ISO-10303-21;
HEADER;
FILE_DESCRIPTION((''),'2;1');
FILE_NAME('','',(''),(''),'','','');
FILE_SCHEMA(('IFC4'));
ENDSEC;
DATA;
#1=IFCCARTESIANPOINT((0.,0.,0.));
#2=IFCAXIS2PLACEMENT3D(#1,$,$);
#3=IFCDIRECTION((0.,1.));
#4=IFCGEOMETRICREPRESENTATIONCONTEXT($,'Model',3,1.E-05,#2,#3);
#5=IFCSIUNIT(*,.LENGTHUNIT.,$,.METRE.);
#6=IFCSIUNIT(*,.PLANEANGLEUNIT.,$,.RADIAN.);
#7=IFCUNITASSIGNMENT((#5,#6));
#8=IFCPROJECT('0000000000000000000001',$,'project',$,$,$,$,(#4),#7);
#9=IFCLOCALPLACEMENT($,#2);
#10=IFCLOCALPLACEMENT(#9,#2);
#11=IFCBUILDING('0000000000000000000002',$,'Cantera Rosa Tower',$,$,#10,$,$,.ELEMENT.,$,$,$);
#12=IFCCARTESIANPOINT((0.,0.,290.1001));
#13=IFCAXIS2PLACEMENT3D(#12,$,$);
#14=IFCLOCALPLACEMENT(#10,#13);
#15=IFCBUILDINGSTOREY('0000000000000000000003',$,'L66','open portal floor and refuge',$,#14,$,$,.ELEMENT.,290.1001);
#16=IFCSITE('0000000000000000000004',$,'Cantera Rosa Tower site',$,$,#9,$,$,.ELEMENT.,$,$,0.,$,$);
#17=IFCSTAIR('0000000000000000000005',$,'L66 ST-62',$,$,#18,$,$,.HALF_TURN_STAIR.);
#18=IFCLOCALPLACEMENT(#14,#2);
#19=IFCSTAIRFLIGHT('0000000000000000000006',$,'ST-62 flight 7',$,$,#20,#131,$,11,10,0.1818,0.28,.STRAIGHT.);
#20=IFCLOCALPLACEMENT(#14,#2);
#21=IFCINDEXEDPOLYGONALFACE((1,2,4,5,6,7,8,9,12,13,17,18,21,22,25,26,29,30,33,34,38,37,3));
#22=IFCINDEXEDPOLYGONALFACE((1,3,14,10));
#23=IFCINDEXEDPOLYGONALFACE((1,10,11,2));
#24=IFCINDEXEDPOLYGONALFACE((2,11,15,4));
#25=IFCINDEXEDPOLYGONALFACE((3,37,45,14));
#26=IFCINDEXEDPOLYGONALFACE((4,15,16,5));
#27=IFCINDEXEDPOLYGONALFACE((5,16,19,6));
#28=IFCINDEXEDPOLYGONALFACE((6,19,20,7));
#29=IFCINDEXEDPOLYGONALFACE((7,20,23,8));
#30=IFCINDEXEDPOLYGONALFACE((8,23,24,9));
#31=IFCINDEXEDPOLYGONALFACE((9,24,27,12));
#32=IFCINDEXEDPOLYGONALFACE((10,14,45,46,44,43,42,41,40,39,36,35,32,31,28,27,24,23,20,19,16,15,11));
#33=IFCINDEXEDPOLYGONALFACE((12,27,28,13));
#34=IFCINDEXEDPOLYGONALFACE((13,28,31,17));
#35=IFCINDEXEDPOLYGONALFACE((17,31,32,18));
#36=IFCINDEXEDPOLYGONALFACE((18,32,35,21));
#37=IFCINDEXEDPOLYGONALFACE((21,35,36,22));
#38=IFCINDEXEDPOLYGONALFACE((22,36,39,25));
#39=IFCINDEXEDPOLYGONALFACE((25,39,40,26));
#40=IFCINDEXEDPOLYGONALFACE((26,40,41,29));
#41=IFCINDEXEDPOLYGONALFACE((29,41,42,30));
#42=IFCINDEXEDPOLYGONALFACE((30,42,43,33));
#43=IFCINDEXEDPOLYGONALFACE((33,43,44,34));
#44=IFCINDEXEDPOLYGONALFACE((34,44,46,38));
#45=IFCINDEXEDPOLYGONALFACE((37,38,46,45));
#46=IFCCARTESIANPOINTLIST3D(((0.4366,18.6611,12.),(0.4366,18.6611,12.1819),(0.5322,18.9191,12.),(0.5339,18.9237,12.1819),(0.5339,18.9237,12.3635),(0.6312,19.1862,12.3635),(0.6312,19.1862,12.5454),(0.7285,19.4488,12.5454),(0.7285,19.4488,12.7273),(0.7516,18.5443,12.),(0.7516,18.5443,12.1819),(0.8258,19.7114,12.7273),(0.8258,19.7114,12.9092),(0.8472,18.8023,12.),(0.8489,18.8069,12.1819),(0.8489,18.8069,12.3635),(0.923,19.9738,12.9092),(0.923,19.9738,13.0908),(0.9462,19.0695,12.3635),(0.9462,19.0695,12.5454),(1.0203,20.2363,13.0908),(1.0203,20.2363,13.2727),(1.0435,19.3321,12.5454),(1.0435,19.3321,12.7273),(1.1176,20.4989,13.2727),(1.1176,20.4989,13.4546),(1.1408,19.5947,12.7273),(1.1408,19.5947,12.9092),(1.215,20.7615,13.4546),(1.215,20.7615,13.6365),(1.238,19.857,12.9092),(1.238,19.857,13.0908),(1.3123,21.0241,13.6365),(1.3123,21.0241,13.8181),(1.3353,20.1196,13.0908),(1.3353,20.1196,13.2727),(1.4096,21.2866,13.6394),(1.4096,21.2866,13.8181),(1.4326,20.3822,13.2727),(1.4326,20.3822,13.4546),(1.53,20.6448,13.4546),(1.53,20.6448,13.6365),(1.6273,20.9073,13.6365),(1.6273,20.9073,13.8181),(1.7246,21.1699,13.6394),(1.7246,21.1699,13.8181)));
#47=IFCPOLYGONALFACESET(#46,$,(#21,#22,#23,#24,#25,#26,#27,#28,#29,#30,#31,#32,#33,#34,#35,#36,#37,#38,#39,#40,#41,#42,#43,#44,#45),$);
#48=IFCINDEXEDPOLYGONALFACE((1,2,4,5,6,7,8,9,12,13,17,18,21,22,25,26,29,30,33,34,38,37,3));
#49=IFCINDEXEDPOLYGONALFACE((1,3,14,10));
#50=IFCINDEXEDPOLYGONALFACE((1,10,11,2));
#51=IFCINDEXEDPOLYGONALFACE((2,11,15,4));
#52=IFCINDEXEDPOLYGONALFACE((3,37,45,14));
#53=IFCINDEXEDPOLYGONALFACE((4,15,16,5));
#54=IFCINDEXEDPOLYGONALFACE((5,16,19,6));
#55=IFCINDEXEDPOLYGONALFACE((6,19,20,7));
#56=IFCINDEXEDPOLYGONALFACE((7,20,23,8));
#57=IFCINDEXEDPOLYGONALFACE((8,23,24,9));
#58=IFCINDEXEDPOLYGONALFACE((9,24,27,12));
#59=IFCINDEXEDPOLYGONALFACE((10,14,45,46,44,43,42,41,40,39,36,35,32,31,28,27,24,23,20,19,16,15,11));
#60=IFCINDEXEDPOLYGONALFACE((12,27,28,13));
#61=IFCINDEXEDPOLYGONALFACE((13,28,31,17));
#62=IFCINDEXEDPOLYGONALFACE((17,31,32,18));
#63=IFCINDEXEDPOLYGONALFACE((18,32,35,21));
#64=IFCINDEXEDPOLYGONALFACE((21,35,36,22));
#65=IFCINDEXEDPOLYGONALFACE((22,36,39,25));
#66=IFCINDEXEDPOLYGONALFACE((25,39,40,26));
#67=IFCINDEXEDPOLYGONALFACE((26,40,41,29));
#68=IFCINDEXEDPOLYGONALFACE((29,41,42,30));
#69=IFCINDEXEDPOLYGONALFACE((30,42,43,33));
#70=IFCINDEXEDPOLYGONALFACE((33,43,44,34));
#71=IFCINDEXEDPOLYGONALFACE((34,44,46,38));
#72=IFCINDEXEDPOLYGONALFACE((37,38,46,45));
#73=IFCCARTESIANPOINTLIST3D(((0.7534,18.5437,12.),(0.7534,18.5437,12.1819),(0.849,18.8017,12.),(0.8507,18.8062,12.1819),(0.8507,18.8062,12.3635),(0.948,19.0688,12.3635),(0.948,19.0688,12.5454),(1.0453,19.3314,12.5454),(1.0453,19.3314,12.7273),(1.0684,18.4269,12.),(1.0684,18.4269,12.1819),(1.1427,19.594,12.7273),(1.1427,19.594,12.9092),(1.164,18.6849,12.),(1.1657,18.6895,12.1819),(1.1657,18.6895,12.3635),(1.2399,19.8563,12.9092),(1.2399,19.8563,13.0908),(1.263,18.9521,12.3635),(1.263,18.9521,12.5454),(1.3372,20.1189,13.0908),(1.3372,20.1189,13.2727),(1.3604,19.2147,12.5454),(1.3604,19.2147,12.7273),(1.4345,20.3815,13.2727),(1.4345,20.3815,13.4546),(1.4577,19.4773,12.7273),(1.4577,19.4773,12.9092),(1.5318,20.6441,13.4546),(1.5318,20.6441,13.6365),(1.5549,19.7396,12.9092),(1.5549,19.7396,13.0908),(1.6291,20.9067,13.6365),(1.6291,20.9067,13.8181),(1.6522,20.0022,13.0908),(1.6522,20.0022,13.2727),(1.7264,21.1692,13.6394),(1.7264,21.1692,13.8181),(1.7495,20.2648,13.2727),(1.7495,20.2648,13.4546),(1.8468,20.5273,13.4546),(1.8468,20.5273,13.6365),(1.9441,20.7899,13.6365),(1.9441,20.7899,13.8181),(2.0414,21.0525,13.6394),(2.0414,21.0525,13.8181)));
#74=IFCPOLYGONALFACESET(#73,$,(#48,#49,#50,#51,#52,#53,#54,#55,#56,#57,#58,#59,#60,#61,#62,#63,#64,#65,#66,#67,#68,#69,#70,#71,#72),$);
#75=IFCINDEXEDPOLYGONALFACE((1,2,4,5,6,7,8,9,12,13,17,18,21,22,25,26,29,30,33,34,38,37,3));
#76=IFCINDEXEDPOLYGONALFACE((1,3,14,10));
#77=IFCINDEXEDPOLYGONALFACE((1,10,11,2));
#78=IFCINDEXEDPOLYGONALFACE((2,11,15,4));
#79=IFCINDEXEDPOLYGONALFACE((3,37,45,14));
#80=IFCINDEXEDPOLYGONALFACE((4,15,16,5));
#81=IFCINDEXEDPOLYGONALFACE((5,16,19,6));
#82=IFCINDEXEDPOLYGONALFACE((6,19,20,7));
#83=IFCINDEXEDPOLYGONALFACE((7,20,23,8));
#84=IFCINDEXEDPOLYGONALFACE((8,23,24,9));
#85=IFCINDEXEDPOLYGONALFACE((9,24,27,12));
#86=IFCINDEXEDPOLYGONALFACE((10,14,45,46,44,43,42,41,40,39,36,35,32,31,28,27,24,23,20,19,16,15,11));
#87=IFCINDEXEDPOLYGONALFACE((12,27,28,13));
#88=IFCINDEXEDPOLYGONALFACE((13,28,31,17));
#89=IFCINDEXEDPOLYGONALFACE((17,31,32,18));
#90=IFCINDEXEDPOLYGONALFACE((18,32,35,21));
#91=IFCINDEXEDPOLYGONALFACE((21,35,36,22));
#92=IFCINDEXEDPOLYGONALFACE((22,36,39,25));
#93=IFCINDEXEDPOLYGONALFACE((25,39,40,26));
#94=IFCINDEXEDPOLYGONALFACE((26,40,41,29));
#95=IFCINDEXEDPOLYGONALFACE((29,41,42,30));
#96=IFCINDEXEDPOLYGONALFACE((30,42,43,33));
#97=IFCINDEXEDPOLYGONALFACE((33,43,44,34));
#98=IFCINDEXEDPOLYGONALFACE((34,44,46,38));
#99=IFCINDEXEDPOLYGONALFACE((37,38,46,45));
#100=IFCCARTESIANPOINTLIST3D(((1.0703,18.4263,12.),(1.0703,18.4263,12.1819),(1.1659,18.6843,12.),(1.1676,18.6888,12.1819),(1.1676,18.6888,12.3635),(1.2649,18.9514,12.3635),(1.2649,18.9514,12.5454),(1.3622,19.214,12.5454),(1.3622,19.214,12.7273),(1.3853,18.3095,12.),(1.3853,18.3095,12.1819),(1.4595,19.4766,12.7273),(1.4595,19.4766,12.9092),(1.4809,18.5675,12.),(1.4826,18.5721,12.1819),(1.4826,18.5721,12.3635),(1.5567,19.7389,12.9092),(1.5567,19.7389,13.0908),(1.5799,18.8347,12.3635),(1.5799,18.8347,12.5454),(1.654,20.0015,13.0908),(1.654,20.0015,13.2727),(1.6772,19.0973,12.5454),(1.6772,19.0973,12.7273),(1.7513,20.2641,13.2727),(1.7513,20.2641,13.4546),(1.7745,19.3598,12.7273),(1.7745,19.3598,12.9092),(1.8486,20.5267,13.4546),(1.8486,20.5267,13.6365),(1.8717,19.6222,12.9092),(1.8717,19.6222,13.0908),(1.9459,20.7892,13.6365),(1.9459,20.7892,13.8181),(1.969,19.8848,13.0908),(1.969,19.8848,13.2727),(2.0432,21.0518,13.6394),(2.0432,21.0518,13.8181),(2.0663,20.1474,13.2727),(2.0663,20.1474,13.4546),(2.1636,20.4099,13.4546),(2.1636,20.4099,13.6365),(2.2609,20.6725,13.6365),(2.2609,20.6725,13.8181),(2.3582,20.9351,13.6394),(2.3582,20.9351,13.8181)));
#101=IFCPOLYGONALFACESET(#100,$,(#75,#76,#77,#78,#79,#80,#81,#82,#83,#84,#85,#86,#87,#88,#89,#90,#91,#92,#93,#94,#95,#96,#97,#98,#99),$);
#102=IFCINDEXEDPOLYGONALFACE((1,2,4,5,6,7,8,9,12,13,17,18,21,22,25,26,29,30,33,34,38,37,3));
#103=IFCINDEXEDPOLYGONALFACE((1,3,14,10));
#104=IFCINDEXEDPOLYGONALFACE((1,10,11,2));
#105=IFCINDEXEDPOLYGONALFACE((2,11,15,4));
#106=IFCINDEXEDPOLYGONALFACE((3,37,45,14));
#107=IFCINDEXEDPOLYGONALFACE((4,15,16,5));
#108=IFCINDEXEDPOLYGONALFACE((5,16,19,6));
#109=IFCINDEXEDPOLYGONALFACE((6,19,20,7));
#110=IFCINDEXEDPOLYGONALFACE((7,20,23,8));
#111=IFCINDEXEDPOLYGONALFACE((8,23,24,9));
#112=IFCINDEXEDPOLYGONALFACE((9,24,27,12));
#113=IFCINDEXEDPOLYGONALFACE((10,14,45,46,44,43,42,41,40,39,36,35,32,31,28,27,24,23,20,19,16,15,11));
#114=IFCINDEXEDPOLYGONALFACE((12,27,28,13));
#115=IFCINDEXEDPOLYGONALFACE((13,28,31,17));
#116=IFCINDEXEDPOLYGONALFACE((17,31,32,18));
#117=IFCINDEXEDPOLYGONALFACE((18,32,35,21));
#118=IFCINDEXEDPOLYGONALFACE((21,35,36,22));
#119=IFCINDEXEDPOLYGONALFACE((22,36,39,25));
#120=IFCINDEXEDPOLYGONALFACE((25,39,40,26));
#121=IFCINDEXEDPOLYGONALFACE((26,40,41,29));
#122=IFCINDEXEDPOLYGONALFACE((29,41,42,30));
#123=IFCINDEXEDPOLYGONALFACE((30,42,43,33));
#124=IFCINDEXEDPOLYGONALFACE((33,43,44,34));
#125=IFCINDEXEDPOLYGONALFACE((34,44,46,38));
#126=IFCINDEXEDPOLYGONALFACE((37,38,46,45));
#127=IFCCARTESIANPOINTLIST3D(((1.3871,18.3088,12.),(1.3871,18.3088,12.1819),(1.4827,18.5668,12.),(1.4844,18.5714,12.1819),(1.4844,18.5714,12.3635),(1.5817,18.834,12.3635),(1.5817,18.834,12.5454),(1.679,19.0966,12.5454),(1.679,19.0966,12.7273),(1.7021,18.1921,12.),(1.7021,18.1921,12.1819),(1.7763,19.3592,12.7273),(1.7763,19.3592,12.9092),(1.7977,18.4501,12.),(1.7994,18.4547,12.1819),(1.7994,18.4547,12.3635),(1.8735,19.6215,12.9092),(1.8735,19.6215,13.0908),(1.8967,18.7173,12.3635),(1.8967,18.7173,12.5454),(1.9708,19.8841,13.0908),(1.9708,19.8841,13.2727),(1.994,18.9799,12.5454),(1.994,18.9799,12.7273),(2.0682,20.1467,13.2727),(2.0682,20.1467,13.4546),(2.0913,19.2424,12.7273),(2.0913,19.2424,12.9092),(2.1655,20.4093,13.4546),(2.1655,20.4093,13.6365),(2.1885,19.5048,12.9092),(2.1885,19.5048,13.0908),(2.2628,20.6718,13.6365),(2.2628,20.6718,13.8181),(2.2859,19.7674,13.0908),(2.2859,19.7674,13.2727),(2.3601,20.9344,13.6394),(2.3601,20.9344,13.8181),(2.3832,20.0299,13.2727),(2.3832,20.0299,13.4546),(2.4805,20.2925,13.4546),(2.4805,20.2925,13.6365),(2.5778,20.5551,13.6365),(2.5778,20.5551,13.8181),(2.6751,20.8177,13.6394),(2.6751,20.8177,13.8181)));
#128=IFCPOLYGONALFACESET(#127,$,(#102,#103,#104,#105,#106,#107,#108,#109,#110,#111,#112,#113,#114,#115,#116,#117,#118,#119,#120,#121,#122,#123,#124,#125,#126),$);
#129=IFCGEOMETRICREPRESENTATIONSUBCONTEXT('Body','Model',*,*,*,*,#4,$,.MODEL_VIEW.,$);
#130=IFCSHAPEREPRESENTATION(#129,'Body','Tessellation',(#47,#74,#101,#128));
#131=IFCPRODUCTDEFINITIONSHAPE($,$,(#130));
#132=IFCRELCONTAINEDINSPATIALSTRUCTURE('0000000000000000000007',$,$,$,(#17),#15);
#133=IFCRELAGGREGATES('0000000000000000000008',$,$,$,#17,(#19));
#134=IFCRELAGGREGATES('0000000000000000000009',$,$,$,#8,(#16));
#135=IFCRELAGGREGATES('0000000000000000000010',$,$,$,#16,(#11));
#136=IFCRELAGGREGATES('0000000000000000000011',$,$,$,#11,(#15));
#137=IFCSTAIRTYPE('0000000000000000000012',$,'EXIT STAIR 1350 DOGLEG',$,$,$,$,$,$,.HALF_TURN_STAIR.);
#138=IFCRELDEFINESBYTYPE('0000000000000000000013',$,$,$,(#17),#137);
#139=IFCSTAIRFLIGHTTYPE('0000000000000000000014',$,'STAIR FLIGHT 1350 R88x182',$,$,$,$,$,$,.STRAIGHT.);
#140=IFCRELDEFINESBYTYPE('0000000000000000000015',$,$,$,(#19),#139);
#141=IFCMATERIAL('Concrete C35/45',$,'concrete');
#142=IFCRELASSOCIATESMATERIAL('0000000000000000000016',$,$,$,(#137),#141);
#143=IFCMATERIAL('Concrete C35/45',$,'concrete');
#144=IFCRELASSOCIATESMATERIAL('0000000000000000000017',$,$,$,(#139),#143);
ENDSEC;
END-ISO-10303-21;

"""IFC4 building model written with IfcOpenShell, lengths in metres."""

from ifc_helpers import new_model, si_unit, direction, frame, origin, place, context, subcontext, project, spatial, polyline, outline, extrude, material, type_object, element, aggregate, save


model = new_model("IFC4")

# Units and contexts
model_context = context("Model", 3, precision=1e-05, world=origin(), true_north=direction((0.0, 1.0)))
body_context = subcontext(model_context, "Body", "Model", "MODEL_VIEW")
ifc_project = project(units=[si_unit("LENGTHUNIT", "METRE"), si_unit("PLANEANGLEUNIT", "RADIAN")], contexts=[model_context])

# Site, building, storey
site_placement = place(None, origin())
site = spatial("IfcSite", under=ifc_project, at=site_placement, Name="Cantera Rosa Tower site", CompositionType="ELEMENT", RefElevation=0.0)
building_placement = place(site_placement, origin())
building = spatial("IfcBuilding", under=site, at=building_placement, Name="Cantera Rosa Tower", CompositionType="ELEMENT")
storey_placement = place(building_placement, frame((0.0, 0.0, 290.1001)))
storey = spatial("IfcBuildingStorey", under=building, at=storey_placement, Name="L66", Description="open portal floor and refuge", CompositionType="ELEMENT", Elevation=290.1001)

# Stair, stair flight
ifc_material_1 = material(Name="Concrete C35/45", Category="concrete")
stair_type = type_object("IfcStairType", Name="EXIT STAIR 1350 DOGLEG", PredefinedType="HALF_TURN_STAIR", material=ifc_material_1)
stair_placement = place(storey_placement, origin())
stair = element("IfcStair", 1, at=stair_placement, inside=storey, type_object=stair_type, Name="L66 ST-62", PredefinedType="HALF_TURN_STAIR")
ifc_material_2 = material(Name="Concrete C35/45", Category="concrete")
stair_flight_type = type_object("IfcStairFlightType", Name="STAIR FLIGHT 1350 R88x182", PredefinedType="STRAIGHT", material=ifc_material_2)
stair_flight_1_placement = place(storey_placement, frame((1.0696, 18.4265, 12.0), z_axis=(0.0, 0.0, 1.0), x_axis=(0.347481, 0.937687, 0.0)))
stair_flight_1 = element("IfcStairFlight", 2, at=stair_flight_1_placement, type_object=stair_flight_type, Name="ST-62 flight 7", NumberOfRisers=11, NumberOfTreads=10, PredefinedType="STRAIGHT", RiserHeight=0.1818, TreadLength=0.28, context=body_context, shape_type="SweptSolid", body=[
    extrude(outline(polyline([(0.0, 0.0), (0.0, 0.1819), (0.28, 0.1819), (0.28, 0.3635), (0.5601, 0.3635), (0.5601, 0.5454), (0.8401, 0.5454), (0.8401, 0.7273), (1.1201, 0.7273), (1.1201, 0.9092), (1.3999, 0.9092), (1.3999, 1.0908), (1.6799, 1.0908), (1.6799, 1.2727), (1.96, 1.2727), (1.96, 1.4546), (2.24, 1.4546), (2.24, 1.6365), (2.52, 1.6365), (2.52, 1.8181), (2.8, 1.8181), (2.8, 2.0), (2.8, 1.6394), (0.2751, 0.0), (0.0, 0.0)])), frame((0.0, 0.675, 0.0), z_axis=(0.0, -1.0, 0.0), x_axis=(1.0, 0.0, 0.0)), (0.0, 0.0, 1.0), 0.3359),
    extrude(outline(polyline([(0.0, 0.0), (0.0, 0.1819), (0.28, 0.1819), (0.28, 0.3635), (0.5601, 0.3635), (0.5601, 0.5454), (0.8401, 0.5454), (0.8401, 0.7273), (1.1201, 0.7273), (1.1201, 0.9092), (1.3999, 0.9092), (1.3999, 1.0908), (1.6799, 1.0908), (1.6799, 1.2727), (1.96, 1.2727), (1.96, 1.4546), (2.24, 1.4546), (2.24, 1.6365), (2.52, 1.6365), (2.52, 1.8181), (2.8, 1.8181), (2.8, 2.0), (2.8, 1.6394), (0.2751, 0.0), (0.0, 0.0)])), frame((0.0, 0.3372, 0.0), z_axis=(0.0, -1.0, 0.0), x_axis=(1.0, 0.0, 0.0)), (0.0, 0.0, 1.0), 0.3359),
    extrude(outline(polyline([(0.0, 0.0), (0.0, 0.1819), (0.28, 0.1819), (0.28, 0.3635), (0.5601, 0.3635), (0.5601, 0.5454), (0.8401, 0.5454), (0.8401, 0.7273), (1.1201, 0.7273), (1.1201, 0.9092), (1.3999, 0.9092), (1.3999, 1.0908), (1.6799, 1.0908), (1.6799, 1.2727), (1.96, 1.2727), (1.96, 1.4546), (2.24, 1.4546), (2.24, 1.6365), (2.52, 1.6365), (2.52, 1.8181), (2.8, 1.8181), (2.8, 2.0), (2.8, 1.6394), (0.2751, 0.0), (0.0, 0.0)])), frame((0.0, -0.0007, 0.0), z_axis=(0.0, -1.0, 0.0), x_axis=(1.0, 0.0, 0.0)), (0.0, 0.0, 1.0), 0.3359),
    extrude(outline(polyline([(0.0, 0.0), (0.0, 0.1819), (0.28, 0.1819), (0.28, 0.3635), (0.5601, 0.3635), (0.5601, 0.5454), (0.8401, 0.5454), (0.8401, 0.7273), (1.1201, 0.7273), (1.1201, 0.9092), (1.3999, 0.9092), (1.3999, 1.0908), (1.6799, 1.0908), (1.6799, 1.2727), (1.96, 1.2727), (1.96, 1.4546), (2.24, 1.4546), (2.24, 1.6365), (2.52, 1.6365), (2.52, 1.8181), (2.8, 1.8181), (2.8, 2.0), (2.8, 1.6394), (0.2751, 0.0), (0.0, 0.0)])), frame((0.0, -0.3386, 0.0), z_axis=(0.0, -1.0, 0.0), x_axis=(1.0, 0.0, 0.0)), (0.0, 0.0, 1.0), 0.3359),
])
aggregate(stair, [stair_flight_1])

save(model, "model.ifc")
